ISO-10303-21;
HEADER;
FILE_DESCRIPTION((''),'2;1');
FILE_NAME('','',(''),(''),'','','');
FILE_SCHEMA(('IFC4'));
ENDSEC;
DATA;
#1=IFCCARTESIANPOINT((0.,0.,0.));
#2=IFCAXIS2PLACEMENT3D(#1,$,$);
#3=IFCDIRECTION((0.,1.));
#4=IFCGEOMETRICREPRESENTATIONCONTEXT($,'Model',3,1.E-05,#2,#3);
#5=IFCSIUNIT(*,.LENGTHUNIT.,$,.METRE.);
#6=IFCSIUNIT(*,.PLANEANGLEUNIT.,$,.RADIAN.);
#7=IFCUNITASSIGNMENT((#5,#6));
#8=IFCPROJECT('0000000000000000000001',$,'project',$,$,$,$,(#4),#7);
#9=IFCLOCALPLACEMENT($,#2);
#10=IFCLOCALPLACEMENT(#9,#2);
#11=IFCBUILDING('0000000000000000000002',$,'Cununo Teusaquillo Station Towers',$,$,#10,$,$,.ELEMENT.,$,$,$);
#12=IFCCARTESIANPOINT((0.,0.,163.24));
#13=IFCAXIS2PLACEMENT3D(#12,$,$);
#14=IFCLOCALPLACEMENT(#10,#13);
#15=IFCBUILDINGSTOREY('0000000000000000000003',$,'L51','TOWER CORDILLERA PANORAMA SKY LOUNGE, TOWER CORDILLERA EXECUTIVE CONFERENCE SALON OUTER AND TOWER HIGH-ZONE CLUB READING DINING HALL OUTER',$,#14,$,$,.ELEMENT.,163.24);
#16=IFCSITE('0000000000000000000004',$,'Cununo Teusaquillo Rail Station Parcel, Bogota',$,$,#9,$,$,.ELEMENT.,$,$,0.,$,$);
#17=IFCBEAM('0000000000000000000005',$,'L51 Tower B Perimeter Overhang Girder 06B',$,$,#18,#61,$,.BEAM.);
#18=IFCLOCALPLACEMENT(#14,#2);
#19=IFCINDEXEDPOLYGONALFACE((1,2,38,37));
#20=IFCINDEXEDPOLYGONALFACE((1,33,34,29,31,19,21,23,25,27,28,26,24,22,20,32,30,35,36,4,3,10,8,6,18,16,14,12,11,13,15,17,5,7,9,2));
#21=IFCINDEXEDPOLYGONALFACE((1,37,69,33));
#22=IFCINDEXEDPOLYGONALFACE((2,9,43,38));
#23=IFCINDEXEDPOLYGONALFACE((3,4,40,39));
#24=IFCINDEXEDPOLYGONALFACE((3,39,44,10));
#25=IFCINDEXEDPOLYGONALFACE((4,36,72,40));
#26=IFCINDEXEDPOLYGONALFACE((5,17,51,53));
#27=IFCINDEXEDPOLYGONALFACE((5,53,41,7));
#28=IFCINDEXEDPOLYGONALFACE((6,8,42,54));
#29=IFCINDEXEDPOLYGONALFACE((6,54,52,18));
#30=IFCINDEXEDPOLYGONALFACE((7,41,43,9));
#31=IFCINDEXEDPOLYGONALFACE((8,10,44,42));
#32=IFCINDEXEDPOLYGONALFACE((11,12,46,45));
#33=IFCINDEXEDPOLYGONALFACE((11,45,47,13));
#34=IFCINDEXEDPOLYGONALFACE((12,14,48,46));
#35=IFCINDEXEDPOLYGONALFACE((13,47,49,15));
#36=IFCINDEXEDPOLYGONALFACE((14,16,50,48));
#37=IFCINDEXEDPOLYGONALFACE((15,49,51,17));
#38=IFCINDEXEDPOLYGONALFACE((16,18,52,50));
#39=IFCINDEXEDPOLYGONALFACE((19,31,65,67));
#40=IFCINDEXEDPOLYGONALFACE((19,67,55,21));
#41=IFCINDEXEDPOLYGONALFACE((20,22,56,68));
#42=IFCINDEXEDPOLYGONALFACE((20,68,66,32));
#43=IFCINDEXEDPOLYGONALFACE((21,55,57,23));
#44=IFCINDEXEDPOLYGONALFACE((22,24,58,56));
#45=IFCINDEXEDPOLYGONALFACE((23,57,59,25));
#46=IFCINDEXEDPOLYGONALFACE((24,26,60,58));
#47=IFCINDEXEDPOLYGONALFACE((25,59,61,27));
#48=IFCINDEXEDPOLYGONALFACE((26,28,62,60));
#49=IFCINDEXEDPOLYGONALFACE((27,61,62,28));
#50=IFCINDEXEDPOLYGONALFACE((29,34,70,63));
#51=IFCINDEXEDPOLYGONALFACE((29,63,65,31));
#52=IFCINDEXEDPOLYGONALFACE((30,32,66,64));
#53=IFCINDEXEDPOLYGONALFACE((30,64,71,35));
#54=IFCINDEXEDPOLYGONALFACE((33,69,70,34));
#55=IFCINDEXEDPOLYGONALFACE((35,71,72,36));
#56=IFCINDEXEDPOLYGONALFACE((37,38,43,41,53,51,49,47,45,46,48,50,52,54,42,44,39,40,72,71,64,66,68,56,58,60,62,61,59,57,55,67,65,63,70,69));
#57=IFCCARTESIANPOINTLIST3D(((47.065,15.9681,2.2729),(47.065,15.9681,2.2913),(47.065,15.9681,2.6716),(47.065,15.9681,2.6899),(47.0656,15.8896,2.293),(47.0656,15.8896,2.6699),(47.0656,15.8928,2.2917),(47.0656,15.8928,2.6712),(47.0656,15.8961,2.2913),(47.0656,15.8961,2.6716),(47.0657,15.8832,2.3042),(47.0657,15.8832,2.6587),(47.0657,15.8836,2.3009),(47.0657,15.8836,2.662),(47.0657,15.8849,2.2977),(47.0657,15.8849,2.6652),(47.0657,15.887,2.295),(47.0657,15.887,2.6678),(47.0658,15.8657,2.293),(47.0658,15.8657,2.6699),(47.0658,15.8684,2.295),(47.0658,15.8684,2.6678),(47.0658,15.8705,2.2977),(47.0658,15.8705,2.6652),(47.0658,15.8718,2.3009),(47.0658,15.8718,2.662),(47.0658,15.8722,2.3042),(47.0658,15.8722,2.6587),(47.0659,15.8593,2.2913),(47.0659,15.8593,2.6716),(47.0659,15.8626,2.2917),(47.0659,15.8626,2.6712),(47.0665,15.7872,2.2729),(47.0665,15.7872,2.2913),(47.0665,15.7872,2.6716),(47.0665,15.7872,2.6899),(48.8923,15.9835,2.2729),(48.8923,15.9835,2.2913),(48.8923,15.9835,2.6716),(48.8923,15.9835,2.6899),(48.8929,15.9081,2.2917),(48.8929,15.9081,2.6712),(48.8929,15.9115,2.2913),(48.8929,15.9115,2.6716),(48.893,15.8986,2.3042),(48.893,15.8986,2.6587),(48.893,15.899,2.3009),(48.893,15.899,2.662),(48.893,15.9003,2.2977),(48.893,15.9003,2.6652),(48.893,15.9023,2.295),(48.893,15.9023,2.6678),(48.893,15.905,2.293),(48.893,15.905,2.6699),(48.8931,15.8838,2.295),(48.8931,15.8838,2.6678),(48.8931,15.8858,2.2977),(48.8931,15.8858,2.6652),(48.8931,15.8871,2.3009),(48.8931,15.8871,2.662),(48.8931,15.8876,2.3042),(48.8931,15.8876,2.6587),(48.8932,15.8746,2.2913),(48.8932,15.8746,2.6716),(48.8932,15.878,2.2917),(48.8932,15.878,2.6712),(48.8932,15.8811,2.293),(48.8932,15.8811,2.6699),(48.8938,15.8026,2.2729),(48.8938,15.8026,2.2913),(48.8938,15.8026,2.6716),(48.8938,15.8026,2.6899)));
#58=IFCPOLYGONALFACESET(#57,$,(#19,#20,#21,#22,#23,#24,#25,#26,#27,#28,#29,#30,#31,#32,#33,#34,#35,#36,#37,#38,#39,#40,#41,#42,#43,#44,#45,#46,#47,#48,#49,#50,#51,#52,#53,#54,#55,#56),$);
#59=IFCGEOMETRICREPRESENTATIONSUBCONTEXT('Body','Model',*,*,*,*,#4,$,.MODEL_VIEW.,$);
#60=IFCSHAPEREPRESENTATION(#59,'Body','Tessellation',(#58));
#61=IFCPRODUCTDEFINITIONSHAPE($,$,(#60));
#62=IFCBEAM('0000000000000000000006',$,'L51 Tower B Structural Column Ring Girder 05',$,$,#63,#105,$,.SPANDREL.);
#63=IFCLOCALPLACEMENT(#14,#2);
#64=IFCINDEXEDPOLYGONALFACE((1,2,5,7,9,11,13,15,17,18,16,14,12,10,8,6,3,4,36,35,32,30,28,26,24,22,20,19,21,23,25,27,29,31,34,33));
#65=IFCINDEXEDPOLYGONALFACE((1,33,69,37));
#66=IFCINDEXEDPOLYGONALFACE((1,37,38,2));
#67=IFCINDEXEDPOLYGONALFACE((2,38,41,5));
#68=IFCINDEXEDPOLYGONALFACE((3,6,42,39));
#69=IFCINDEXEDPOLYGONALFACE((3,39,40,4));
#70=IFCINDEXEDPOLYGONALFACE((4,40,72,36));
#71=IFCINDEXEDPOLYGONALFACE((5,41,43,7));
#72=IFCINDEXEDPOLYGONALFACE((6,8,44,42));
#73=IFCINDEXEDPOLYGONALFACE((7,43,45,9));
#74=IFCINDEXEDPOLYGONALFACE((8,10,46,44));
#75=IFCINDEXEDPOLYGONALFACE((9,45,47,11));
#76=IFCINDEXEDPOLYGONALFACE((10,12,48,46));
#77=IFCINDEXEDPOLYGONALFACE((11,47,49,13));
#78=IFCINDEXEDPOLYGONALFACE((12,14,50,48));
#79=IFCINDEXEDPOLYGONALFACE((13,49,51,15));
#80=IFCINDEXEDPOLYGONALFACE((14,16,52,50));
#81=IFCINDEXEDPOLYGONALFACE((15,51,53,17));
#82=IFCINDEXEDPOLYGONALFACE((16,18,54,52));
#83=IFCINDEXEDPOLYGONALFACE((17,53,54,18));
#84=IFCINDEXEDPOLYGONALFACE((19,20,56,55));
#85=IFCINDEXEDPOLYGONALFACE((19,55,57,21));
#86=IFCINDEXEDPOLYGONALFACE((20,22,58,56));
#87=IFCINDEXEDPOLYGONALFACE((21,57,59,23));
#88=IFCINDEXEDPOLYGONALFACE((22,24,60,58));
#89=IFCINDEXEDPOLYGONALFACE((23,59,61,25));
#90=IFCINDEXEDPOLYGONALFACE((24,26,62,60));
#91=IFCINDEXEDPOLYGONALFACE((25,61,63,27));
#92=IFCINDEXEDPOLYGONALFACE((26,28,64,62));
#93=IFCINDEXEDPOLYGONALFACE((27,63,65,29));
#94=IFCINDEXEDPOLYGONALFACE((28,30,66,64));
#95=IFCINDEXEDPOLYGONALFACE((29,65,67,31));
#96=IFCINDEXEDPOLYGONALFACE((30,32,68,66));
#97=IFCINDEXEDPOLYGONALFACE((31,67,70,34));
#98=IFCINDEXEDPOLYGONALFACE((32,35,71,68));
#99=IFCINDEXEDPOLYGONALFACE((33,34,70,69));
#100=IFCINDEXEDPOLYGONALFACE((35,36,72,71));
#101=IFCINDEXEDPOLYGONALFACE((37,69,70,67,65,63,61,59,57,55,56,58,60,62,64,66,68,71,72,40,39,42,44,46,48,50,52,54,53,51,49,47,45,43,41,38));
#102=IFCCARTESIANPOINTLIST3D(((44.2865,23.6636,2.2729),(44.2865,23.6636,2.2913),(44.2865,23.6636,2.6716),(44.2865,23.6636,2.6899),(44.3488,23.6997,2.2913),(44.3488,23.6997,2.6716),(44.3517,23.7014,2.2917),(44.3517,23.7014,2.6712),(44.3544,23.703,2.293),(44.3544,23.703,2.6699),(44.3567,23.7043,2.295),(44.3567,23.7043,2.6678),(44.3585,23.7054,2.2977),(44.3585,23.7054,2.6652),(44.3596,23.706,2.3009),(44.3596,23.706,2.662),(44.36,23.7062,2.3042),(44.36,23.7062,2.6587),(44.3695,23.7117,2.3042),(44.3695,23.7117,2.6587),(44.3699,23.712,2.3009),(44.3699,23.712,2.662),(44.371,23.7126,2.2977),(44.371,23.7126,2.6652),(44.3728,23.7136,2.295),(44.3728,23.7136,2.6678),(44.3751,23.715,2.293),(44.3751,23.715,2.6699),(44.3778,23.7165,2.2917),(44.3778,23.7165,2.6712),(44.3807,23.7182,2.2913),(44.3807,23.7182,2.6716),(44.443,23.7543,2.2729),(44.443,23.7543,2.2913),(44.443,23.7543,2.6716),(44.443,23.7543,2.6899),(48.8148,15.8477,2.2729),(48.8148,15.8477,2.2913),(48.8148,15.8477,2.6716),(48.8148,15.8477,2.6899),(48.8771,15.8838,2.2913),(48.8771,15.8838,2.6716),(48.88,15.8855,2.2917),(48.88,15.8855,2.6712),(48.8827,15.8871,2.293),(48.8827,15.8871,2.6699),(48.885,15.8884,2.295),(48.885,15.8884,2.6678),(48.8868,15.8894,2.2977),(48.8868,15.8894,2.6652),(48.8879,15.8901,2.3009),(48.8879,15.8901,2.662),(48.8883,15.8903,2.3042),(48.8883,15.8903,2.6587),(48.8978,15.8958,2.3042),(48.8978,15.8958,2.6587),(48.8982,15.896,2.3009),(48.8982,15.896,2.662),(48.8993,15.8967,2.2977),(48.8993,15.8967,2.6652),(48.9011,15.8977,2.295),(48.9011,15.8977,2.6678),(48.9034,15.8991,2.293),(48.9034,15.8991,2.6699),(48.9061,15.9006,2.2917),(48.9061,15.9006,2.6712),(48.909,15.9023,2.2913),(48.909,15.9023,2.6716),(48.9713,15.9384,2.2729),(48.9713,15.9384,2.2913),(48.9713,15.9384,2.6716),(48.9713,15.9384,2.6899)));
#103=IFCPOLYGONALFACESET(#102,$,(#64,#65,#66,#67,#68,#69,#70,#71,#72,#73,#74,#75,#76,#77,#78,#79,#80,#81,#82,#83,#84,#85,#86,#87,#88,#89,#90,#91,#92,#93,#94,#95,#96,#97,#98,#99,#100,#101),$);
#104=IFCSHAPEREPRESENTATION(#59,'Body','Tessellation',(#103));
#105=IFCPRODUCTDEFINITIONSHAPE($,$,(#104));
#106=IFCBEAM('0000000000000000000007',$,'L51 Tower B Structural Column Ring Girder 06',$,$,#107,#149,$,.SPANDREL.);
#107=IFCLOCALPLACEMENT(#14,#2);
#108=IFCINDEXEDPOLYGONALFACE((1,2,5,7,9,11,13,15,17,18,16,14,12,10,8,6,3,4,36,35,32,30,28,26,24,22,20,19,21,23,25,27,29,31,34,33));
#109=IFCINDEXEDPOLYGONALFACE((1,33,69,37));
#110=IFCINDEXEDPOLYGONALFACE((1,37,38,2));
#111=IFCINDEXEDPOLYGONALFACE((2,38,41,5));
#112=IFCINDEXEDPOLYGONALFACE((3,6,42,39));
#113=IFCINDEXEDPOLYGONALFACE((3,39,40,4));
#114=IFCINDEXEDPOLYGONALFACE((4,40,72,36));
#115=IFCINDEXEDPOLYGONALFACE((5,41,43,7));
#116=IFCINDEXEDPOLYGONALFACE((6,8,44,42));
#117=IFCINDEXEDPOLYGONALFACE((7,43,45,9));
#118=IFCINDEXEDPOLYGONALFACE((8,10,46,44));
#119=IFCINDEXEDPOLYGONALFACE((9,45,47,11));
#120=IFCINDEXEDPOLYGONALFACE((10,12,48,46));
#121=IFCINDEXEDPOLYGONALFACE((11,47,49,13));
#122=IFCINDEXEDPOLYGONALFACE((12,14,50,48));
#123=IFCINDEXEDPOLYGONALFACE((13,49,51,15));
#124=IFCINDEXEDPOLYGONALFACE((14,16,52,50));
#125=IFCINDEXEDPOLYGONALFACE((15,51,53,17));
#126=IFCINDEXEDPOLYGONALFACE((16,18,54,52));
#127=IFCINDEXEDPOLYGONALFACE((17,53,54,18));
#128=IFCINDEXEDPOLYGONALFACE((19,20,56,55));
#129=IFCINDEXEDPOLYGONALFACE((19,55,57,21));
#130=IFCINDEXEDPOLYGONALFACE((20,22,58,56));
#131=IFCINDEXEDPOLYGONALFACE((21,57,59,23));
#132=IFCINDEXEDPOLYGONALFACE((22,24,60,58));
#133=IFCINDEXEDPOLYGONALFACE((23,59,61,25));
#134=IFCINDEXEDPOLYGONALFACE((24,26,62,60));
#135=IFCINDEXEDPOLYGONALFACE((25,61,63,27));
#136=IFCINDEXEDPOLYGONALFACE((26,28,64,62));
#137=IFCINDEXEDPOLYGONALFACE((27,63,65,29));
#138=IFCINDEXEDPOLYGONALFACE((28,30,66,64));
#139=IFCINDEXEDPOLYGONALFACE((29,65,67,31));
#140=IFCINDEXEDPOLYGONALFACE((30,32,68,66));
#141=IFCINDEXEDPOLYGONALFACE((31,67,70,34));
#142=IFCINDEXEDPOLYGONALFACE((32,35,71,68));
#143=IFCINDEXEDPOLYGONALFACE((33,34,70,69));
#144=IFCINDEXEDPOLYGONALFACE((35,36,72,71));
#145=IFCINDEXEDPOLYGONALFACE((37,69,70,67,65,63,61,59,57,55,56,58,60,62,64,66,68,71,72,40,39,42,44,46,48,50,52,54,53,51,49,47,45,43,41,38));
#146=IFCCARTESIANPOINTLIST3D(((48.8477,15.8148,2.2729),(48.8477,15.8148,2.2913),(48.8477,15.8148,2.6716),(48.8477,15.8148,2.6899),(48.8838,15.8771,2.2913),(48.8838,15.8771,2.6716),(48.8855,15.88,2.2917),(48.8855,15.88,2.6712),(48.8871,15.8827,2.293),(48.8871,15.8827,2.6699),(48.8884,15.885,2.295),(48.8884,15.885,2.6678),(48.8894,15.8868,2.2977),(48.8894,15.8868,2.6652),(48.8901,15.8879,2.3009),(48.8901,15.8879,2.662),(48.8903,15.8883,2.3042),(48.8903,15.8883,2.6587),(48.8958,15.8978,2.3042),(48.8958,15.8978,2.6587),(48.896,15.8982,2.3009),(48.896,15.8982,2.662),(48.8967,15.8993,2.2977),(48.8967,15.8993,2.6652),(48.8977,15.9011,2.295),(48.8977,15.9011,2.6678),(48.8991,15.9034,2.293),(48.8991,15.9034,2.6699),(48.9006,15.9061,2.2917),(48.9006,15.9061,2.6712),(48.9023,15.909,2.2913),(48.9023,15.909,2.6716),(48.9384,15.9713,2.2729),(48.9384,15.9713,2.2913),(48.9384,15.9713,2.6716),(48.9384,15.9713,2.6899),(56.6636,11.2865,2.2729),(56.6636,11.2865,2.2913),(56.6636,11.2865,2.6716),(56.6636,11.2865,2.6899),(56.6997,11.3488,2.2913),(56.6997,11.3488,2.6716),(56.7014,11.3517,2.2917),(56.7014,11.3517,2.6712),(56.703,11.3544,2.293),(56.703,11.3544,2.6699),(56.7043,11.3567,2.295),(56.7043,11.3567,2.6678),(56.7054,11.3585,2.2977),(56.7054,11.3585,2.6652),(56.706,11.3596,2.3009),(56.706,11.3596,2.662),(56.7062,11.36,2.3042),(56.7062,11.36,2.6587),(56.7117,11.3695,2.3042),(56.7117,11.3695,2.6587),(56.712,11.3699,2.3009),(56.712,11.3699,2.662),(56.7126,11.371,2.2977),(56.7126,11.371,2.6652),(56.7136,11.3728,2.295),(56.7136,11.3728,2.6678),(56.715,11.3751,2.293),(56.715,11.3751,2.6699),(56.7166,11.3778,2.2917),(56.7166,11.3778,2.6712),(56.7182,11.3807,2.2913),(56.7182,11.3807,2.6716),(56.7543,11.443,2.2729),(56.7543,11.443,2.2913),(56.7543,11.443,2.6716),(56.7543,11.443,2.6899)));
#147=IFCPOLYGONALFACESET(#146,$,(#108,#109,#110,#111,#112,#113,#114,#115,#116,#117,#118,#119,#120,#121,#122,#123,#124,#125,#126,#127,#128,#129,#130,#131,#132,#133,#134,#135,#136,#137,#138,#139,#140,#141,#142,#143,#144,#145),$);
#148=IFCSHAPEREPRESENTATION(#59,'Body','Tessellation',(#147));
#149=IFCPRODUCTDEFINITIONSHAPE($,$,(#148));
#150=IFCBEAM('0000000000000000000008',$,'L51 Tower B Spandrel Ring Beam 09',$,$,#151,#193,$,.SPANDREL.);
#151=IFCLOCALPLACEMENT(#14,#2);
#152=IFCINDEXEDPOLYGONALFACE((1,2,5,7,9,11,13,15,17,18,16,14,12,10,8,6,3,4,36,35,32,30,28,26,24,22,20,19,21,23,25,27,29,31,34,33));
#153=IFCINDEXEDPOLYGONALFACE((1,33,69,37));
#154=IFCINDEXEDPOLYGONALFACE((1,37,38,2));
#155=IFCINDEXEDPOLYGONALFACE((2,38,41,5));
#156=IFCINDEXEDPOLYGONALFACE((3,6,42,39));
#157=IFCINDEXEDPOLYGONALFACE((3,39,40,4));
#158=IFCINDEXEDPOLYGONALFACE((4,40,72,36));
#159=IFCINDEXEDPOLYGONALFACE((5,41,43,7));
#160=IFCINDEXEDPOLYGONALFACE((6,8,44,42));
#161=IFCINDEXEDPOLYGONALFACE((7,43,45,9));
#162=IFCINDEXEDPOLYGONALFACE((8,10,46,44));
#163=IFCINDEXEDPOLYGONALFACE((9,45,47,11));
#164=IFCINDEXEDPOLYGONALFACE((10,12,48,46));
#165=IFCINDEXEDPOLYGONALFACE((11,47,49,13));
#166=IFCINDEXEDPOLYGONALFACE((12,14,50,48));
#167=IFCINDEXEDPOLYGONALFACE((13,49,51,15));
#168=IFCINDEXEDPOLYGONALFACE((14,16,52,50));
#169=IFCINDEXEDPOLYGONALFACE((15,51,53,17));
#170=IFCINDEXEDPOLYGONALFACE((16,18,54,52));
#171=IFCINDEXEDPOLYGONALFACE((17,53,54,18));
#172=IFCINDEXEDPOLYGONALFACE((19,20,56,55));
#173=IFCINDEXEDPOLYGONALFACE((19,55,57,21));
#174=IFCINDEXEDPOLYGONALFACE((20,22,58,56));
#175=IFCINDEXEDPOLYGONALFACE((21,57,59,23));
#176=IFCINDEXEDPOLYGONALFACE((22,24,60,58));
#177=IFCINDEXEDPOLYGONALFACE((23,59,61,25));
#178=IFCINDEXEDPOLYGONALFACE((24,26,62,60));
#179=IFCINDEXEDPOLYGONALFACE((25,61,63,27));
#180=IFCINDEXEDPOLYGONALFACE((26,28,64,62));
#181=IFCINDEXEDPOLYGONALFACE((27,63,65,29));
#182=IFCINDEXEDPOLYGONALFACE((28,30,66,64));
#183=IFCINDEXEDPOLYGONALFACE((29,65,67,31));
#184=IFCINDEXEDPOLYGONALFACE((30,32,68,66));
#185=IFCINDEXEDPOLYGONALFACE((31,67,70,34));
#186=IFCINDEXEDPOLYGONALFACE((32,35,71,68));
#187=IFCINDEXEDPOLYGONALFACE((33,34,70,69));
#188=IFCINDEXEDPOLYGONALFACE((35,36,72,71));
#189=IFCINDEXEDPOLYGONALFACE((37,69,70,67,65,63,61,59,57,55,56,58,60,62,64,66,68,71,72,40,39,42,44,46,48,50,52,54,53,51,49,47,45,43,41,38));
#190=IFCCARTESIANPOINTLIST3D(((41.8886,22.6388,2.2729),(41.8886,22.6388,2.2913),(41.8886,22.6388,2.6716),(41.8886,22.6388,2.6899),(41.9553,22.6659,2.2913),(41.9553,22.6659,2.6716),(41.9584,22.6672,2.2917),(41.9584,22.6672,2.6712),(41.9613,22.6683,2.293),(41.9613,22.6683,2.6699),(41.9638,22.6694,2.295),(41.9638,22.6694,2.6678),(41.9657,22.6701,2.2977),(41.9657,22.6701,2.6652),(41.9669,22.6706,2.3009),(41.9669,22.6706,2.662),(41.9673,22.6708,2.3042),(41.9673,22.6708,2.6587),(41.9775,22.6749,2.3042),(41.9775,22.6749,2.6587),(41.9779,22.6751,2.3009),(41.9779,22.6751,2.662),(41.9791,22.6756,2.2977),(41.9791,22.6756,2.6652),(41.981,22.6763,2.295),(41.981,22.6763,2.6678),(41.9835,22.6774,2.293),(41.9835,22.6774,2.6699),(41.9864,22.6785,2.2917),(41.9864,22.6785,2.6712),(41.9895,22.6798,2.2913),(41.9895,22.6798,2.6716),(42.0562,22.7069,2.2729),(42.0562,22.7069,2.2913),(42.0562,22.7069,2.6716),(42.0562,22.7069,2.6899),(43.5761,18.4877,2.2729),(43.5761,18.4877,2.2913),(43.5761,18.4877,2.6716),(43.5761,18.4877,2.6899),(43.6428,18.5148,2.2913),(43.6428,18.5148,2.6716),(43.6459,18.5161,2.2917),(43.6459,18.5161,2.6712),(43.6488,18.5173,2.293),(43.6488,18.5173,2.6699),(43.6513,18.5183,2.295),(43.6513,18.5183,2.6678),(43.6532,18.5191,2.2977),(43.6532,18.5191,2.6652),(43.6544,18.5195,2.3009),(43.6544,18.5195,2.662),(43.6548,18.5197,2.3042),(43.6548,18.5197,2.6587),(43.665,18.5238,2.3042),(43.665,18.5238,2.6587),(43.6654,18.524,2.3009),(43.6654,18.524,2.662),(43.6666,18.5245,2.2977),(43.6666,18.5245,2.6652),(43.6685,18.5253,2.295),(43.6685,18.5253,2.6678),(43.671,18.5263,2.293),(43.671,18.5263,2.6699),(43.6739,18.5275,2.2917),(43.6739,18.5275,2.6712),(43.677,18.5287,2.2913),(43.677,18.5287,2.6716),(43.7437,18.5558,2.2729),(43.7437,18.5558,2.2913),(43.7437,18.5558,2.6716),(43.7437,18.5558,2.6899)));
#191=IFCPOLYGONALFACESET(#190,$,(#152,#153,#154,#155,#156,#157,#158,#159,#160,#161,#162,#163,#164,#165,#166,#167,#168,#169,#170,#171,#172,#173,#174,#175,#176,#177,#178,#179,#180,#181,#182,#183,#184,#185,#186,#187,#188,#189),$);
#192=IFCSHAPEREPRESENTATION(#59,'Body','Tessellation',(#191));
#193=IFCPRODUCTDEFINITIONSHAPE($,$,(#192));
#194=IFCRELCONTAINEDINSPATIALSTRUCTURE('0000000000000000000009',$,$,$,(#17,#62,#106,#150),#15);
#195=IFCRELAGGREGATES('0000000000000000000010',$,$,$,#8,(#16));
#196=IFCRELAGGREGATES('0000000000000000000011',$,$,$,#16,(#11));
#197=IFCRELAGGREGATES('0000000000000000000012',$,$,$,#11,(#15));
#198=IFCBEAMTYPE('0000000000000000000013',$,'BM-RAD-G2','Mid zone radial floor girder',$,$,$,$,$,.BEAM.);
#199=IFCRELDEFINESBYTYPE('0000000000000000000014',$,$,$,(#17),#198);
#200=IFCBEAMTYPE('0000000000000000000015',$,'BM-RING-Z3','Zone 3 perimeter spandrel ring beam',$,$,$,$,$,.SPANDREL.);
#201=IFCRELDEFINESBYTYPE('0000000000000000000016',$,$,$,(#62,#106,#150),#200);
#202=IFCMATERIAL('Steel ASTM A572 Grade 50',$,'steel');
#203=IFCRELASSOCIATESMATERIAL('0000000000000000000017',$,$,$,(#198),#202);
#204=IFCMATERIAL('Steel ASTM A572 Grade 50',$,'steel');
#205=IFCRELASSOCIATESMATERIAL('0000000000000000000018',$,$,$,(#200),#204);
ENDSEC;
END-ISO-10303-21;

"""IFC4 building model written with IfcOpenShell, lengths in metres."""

from ifc_helpers import new_model, si_unit, direction, frame, origin, origin_2d, place, context, subcontext, project, spatial, i_section, extrude, material, material_profile, profile_set, type_object, element, save


model = new_model("IFC4")

# Units and contexts
model_context = context("Model", 3, precision=1e-05, world=origin(), true_north=direction((0.0, 1.0)))
body_context = subcontext(model_context, "Body", "Model", "MODEL_VIEW")
ifc_project = project(units=[si_unit("LENGTHUNIT", "METRE"), si_unit("PLANEANGLEUNIT", "RADIAN")], contexts=[model_context])

# Site, building, storey
site_placement = place(None, origin())
site = spatial("IfcSite", under=ifc_project, at=site_placement, Name="Cununo Teusaquillo Rail Station Parcel, Bogota", CompositionType="ELEMENT", RefElevation=0.0)
building_placement = place(site_placement, origin())
building = spatial("IfcBuilding", under=site, at=building_placement, Name="Cununo Teusaquillo Station Towers", CompositionType="ELEMENT")
storey_placement = place(building_placement, frame((0.0, 0.0, 163.24)))
storey = spatial("IfcBuildingStorey", under=building, at=storey_placement, Name="L51", Description="TOWER CORDILLERA PANORAMA SKY LOUNGE, TOWER CORDILLERA EXECUTIVE CONFERENCE SALON OUTER AND TOWER HIGH-ZONE CLUB READING DINING HALL OUTER", CompositionType="ELEMENT", Elevation=163.24)

# Beams
ifc_material_1 = material(Name="Steel ASTM A572 Grade 50", Category="steel")
ifc_material_profile_1 = material_profile(ifc_material_1, i_section(OverallWidth=0.1809, OverallDepth=0.417, WebThickness=0.011, FlangeThickness=0.0183, FilletRadius=0.0129, at=origin_2d()), Name="W16X57")
ifc_profile_set_1 = profile_set([ifc_material_profile_1], Name="Steel ASTM A572 Grade 50")
beam_type_1 = type_object("IfcBeamType", Name="BM-RAD-G2", Description="Mid zone radial floor girder", PredefinedType="BEAM", material=ifc_profile_set_1)
beam_1_placement = place(storey_placement, frame((48.8931, 15.8931, 2.4814), z_axis=(-0.999965, -0.008417, 0.0), x_axis=(0.008417, -0.999965, 0.0)))
element("IfcBeam", 1, at=beam_1_placement, inside=storey, type_object=beam_type_1, Name="L51 Tower B Perimeter Overhang Girder 06B", PredefinedType="BEAM", context=body_context, shape_type="SweptSolid", body=[
    extrude(i_section(OverallWidth=0.1809, OverallDepth=0.417, WebThickness=0.011, FlangeThickness=0.0183, FilletRadius=0.0129, at=origin_2d()), origin(), (0.0, 0.0, 1.0), 1.8274),
])
ifc_material_2 = material(Name="Steel ASTM A572 Grade 50", Category="steel")
ifc_material_profile_2 = material_profile(ifc_material_2, i_section(OverallWidth=0.1809, OverallDepth=0.417, WebThickness=0.011, FlangeThickness=0.0183, FilletRadius=0.0129, at=origin_2d()), Name="W16X57")
ifc_profile_set_2 = profile_set([ifc_material_profile_2], Name="Steel ASTM A572 Grade 50")
beam_type_2 = type_object("IfcBeamType", Name="BM-RING-Z3", Description="Zone 3 perimeter spandrel ring beam", PredefinedType="SPANDREL", material=ifc_profile_set_2)
for number, where, z_axis, x_axis, name in (
    (2, (44.3647, 23.709, 2.4814), (0.501311, -0.865267, 0.0), (0.865267, 0.501311, 0.0), "L51 Tower B Structural Column Ring Girder 05"),
    (3, (48.8931, 15.8931, 2.4814), (0.865267, -0.501311, 0.0), (0.501311, 0.865267, 0.0), "L51 Tower B Structural Column Ring Girder 06"),
):
    element("IfcBeam", number, at=place(storey_placement, frame(where, z_axis=z_axis, x_axis=x_axis)), inside=storey, type_object=beam_type_2, Name=name, PredefinedType="SPANDREL", context=body_context, shape_type="SweptSolid", body=[
        extrude(i_section(OverallWidth=0.1809, OverallDepth=0.417, WebThickness=0.011, FlangeThickness=0.0183, FilletRadius=0.0129, at=origin_2d()), origin(), (0.0, 0.0, 1.0), 9.033),
    ])
beam_2_placement = place(storey_placement, frame((41.9724, 22.6729, 2.4814), z_axis=(0.376589, -0.92638, 0.0), x_axis=(0.92638, 0.376589, 0.0)))
element("IfcBeam", 4, at=beam_2_placement, inside=storey, type_object=beam_type_2, Name="L51 Tower B Spandrel Ring Beam 09", PredefinedType="SPANDREL", context=body_context, shape_type="SweptSolid", body=[
    extrude(i_section(OverallWidth=0.1809, OverallDepth=0.417, WebThickness=0.011, FlangeThickness=0.0183, FilletRadius=0.0129, at=origin_2d()), origin(), (0.0, 0.0, 1.0), 4.481),
])

save(model, "model.ifc")
